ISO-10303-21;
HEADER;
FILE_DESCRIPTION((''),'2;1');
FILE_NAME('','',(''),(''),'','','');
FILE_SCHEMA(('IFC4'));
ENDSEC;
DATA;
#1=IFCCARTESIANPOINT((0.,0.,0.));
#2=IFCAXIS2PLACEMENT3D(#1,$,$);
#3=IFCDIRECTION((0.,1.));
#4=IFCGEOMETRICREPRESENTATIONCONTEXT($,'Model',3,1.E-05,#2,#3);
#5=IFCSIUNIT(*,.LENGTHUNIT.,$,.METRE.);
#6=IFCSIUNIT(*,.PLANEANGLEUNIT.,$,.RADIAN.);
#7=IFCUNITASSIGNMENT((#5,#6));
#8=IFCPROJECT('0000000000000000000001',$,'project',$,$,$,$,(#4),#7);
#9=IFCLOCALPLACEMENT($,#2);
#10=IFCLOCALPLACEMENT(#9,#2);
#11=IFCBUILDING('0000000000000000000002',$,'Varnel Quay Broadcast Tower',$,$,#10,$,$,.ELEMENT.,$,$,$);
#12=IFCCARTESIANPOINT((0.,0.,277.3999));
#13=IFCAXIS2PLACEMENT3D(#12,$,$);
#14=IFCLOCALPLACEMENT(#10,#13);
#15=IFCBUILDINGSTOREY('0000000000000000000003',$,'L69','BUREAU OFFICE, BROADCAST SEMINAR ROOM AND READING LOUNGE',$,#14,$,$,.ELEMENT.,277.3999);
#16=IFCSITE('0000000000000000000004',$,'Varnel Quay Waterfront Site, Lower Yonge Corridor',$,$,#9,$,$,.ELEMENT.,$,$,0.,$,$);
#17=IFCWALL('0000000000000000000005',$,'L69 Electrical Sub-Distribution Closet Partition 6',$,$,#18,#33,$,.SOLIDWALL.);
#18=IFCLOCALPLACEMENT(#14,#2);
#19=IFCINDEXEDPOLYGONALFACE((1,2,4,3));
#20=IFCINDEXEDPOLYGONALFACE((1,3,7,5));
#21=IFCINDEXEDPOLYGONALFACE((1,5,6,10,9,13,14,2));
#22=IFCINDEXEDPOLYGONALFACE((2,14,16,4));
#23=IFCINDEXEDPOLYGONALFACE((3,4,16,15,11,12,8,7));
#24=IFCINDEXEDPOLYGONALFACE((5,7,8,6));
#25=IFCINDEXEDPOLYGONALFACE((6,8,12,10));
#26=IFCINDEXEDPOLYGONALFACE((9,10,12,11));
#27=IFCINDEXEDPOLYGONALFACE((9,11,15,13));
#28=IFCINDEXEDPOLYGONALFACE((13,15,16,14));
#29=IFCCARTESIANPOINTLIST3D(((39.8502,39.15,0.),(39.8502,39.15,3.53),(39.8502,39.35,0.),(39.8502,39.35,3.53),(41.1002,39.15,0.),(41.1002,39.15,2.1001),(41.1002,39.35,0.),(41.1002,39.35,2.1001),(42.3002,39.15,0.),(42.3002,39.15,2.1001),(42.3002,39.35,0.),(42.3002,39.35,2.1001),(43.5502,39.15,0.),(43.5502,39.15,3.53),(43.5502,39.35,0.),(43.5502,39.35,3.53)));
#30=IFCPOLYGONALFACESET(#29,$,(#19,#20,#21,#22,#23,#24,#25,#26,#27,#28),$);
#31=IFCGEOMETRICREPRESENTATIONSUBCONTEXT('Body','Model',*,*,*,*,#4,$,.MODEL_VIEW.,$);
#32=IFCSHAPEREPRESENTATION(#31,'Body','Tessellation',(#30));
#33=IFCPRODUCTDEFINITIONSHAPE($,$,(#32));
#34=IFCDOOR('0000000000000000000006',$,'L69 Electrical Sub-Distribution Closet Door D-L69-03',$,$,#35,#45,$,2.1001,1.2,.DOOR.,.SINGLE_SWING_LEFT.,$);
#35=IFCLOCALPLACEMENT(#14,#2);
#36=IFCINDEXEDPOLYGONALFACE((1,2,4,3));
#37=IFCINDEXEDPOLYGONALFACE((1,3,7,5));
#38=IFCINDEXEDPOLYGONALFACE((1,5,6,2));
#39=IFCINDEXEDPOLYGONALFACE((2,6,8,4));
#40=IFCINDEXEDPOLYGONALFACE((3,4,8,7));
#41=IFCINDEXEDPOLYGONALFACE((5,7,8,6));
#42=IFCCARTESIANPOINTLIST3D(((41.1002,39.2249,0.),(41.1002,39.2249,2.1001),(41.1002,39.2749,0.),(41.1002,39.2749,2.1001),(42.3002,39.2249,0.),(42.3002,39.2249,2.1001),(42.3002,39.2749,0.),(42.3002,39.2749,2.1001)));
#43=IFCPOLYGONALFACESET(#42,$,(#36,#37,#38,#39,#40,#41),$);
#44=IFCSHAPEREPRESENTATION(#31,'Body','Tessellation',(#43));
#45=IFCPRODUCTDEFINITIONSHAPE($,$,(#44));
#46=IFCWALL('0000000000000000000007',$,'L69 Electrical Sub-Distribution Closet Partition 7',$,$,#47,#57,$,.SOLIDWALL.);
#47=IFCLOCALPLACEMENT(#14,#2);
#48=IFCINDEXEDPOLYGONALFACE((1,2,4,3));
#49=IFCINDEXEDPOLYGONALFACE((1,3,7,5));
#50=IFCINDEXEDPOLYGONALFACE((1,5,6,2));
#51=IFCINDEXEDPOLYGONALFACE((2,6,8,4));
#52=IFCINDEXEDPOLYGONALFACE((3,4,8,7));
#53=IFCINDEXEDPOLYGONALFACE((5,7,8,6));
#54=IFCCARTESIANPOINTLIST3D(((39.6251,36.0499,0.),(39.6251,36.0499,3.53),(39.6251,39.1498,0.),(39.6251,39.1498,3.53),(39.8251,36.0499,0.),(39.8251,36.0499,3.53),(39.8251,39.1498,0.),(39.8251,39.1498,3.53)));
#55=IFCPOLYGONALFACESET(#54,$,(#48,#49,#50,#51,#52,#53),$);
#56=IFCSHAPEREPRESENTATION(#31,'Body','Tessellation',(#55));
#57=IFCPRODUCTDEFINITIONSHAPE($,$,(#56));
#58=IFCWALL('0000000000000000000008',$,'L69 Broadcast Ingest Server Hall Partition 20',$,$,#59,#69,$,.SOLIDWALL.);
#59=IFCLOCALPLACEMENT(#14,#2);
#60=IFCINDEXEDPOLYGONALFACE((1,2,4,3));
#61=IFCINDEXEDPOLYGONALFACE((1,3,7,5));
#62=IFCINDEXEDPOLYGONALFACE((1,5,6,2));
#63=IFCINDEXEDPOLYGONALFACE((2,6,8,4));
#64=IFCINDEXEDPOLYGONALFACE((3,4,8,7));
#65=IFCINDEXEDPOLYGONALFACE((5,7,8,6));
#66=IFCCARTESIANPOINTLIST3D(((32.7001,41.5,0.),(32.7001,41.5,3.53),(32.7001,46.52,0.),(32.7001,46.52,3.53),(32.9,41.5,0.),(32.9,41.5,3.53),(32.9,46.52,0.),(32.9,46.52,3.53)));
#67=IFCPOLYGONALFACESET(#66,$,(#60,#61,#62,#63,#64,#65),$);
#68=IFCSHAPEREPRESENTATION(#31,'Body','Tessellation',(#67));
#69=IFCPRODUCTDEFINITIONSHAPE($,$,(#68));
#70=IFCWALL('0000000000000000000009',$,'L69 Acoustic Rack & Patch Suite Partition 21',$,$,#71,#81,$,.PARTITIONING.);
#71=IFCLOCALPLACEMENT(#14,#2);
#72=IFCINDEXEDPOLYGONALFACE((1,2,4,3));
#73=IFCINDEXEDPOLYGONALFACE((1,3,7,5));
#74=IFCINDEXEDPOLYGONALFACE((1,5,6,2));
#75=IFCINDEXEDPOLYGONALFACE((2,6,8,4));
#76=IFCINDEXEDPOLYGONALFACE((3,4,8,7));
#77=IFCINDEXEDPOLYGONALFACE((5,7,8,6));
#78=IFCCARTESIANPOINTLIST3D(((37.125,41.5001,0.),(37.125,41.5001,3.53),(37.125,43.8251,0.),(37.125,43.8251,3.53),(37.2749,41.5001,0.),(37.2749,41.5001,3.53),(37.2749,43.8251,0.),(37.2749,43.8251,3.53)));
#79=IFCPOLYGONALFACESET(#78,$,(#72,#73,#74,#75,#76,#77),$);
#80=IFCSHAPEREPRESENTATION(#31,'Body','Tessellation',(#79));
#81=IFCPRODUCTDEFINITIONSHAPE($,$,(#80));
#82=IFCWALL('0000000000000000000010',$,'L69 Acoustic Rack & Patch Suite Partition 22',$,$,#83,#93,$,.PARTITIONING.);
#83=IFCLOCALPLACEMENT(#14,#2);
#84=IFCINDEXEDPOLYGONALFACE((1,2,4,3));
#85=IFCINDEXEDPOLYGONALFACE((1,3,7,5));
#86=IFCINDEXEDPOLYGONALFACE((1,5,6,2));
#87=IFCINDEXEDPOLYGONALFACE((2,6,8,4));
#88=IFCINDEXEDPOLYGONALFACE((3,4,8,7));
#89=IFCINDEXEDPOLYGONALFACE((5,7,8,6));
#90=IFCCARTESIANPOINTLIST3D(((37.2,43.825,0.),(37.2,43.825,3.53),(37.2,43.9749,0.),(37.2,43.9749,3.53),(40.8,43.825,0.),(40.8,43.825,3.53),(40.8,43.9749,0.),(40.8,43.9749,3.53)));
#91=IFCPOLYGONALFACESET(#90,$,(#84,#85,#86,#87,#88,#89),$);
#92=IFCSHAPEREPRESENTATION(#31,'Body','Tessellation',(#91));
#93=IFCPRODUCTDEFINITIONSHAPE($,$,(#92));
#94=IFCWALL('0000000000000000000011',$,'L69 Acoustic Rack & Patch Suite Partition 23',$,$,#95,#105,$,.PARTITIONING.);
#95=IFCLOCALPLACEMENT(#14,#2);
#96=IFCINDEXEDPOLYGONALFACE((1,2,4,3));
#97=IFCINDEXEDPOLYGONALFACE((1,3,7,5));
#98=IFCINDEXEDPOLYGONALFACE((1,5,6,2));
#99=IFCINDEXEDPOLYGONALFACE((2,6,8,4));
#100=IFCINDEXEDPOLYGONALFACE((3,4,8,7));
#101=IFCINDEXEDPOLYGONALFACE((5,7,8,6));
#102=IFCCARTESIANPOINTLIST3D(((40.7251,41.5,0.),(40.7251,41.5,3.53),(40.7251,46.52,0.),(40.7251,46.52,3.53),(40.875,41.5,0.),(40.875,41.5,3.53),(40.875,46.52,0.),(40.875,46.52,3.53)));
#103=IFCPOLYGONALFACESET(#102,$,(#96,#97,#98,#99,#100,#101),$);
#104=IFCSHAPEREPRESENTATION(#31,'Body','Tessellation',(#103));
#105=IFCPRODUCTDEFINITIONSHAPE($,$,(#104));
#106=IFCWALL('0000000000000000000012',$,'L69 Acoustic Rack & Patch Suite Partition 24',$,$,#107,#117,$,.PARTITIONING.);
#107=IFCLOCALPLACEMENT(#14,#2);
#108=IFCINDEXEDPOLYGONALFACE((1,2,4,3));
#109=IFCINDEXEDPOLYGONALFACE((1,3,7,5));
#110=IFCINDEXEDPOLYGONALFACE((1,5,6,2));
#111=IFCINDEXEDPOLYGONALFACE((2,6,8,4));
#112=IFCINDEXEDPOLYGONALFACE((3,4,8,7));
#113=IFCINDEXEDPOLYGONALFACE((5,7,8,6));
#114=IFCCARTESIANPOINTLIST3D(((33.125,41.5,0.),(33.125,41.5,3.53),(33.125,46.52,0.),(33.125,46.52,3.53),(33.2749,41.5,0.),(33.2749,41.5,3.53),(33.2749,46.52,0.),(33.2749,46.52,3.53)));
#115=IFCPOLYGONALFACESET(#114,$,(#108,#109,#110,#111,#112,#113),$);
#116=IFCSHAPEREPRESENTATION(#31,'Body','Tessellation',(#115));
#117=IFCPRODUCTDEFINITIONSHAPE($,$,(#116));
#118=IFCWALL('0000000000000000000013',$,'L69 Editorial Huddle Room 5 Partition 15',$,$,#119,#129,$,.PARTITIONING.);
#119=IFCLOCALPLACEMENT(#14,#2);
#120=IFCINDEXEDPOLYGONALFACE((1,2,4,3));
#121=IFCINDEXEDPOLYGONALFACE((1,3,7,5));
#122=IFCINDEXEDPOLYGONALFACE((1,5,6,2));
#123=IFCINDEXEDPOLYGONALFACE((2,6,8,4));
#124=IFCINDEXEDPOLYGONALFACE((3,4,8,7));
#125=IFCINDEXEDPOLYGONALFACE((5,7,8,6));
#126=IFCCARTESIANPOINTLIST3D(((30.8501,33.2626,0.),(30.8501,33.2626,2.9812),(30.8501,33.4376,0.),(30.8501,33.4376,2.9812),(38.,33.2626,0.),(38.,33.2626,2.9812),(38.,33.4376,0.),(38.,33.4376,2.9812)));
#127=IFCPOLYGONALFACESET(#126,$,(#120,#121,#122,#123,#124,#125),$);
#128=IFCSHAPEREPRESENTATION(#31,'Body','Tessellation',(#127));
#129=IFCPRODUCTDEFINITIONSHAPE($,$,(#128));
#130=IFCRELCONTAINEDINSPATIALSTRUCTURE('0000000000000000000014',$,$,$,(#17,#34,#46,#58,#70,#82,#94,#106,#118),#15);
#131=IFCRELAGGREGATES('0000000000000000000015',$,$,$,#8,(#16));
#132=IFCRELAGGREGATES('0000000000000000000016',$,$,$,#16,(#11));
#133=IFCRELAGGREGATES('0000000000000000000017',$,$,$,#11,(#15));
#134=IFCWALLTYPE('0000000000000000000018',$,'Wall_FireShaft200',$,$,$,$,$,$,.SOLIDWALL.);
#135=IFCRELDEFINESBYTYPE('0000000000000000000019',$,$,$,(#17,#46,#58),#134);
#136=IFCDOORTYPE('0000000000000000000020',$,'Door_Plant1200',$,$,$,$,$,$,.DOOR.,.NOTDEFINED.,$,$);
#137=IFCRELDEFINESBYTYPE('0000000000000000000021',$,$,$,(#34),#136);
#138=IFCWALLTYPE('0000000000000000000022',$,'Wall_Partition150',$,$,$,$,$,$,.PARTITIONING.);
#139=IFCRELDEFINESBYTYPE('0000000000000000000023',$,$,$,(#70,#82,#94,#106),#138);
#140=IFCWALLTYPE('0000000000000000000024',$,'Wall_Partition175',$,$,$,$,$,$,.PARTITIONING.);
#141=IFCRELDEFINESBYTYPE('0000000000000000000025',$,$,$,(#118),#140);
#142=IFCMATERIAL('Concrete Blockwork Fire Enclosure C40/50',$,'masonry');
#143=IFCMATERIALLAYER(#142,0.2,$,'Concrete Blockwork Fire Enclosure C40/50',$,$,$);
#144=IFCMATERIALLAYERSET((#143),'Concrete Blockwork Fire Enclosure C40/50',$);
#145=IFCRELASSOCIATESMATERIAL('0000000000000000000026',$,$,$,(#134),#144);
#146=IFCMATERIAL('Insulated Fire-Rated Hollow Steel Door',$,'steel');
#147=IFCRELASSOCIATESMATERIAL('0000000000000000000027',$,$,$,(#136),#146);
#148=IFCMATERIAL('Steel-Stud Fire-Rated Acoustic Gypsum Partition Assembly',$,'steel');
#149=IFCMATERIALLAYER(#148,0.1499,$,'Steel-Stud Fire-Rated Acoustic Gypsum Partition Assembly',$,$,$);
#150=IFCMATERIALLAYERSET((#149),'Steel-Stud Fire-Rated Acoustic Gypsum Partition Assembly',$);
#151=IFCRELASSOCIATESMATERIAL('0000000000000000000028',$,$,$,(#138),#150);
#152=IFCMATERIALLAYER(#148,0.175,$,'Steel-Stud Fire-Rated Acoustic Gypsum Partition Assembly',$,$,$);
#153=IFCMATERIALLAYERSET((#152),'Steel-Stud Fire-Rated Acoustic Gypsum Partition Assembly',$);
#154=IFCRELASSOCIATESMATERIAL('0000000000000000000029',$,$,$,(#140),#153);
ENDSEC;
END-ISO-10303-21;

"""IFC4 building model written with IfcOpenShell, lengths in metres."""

from ifc_helpers import new_model, si_unit, direction, frame, frame_2d, origin, place, context, subcontext, project, spatial, rectangle, extrude, source, transform, mapped, material, layer, layer_set, type_object, type_shapes, element, fill, save


model = new_model("IFC4")

# Units and contexts
model_context = context("Model", 3, precision=1e-05, world=origin(), true_north=direction((0.0, 1.0)))
body_context = subcontext(model_context, "Body", "Model", "MODEL_VIEW")
ifc_project = project(units=[si_unit("LENGTHUNIT", "METRE"), si_unit("PLANEANGLEUNIT", "RADIAN")], contexts=[model_context])

# Site, building, storey
site_placement = place(None, origin())
site = spatial("IfcSite", under=ifc_project, at=site_placement, Name="Varnel Quay Waterfront Site, Lower Yonge Corridor", CompositionType="ELEMENT", RefElevation=0.0)
building_placement = place(site_placement, origin())
building = spatial("IfcBuilding", under=site, at=building_placement, Name="Varnel Quay Broadcast Tower", CompositionType="ELEMENT")
storey_placement = place(building_placement, frame((0.0, 0.0, 277.3999)))
storey = spatial("IfcBuildingStorey", under=building, at=storey_placement, Name="L69", Description="BUREAU OFFICE, BROADCAST SEMINAR ROOM AND READING LOUNGE", CompositionType="ELEMENT", Elevation=277.3999)

# Shared definitions
ifc_material_1 = material(Name="Insulated Fire-Rated Hollow Steel Door", Category="steel")

# Shared definitions
ifc_material_2 = material(Name="Concrete Blockwork Fire Enclosure C40/50", Category="masonry")
ifc_layer_1 = layer(ifc_material_2, 0.2, Name="Concrete Blockwork Fire Enclosure C40/50")
ifc_layer_set_1 = layer_set([ifc_layer_1], Name="Concrete Blockwork Fire Enclosure C40/50")
wall_type_1 = type_object("IfcWallType", Name="Wall_FireShaft200", PredefinedType="SOLIDWALL", material=ifc_layer_set_1)

# Wall, opening, door
wall_1_placement = place(storey_placement, frame((39.8501, 39.25, 0.0), z_axis=(0.0, 0.0, 1.0), x_axis=(1.0, 0.0, 0.0)))
wall_1 = element("IfcWall", 1, at=wall_1_placement, inside=storey, type_object=wall_type_1, Name="L69 Electrical Sub-Distribution Closet Partition 6", PredefinedType="SOLIDWALL", context=body_context, shape_type="SweptSolid", body=[
    extrude(rectangle(XDim=3.7, YDim=0.2, at=frame_2d((1.8501, 0.0))), origin(), (0.0, 0.0, 1.0), 3.53),
])
opening_1_placement = place(wall_1_placement, frame((1.25, 0.0, 0.0)))
opening_1 = element("IfcOpeningElement", 2, at=opening_1_placement, cuts=wall_1, PredefinedType="OPENING", context=body_context, shape_type="SweptSolid", body=[
    extrude(rectangle(XDim=1.2, YDim=2.1001, at=frame_2d((0.6001, 1.05))), frame((0.0, 0.1099, 0.0), z_axis=(0.0, -1.0, 0.0), x_axis=(1.0, 0.0, 0.0)), (0.0, 0.0, 1.0), 0.22),
])
door_type_1 = type_object("IfcDoorType", Name="Door_Plant1200", OperationType="NOTDEFINED", PredefinedType="DOOR", material=ifc_material_1)
shared_shape_1 = source(origin(), body_context, "Body", "SweptSolid", [
    extrude(rectangle(XDim=1.2, YDim=2.1001, at=frame_2d((0.6001, 1.05))), frame((0.0, 0.0249, 0.0), z_axis=(0.0, -1.0, 0.0), x_axis=(1.0, 0.0, 0.0)), (0.0, 0.0, 1.0), 0.05),
])
type_shapes(door_type_1, [shared_shape_1])
door_1_placement = place(opening_1_placement, origin())
door_1 = element("IfcDoor", 3, at=door_1_placement, inside=storey, type_object=door_type_1, Name="L69 Electrical Sub-Distribution Closet Door D-L69-03", OperationType="SINGLE_SWING_LEFT", OverallHeight=2.1001, OverallWidth=1.2, PredefinedType="DOOR", context=body_context, shape_type="MappedRepresentation", body=[
    mapped(shared_shape_1, transform((0.0, 0.0, 0.0), x_axis=(1.0, 0.0, 0.0), y_axis=(0.0, 1.0, 0.0), z_axis=(0.0, 0.0, 1.0), scale=1.0)),
])
fill(opening_1, door_1)

# Walls
wall_2_placement = place(storey_placement, frame((39.7251, 36.05, 0.0), z_axis=(0.0, 0.0, 1.0), x_axis=(0.0, 1.0, 0.0)))
element("IfcWall", 4, at=wall_2_placement, inside=storey, type_object=wall_type_1, Name="L69 Electrical Sub-Distribution Closet Partition 7", PredefinedType="SOLIDWALL", context=body_context, shape_type="SweptSolid", body=[
    extrude(rectangle(XDim=3.0999, YDim=0.2, at=frame_2d((1.5498, 0.0))), origin(), (0.0, 0.0, 1.0), 3.53),
])
wall_3_placement = place(storey_placement, frame((32.8, 41.5, 0.0), z_axis=(0.0, 0.0, 1.0), x_axis=(0.0, 1.0, 0.0)))
element("IfcWall", 5, at=wall_3_placement, inside=storey, type_object=wall_type_1, Name="L69 Broadcast Ingest Server Hall Partition 20", PredefinedType="SOLIDWALL", context=body_context, shape_type="SweptSolid", body=[
    extrude(rectangle(XDim=5.02, YDim=0.2, at=frame_2d((2.51, 0.0))), origin(), (0.0, 0.0, 1.0), 3.53),
])
ifc_material_3 = material(Name="Steel-Stud Fire-Rated Acoustic Gypsum Partition Assembly", Category="steel")
ifc_layer_2 = layer(ifc_material_3, 0.1499, Name="Steel-Stud Fire-Rated Acoustic Gypsum Partition Assembly")
ifc_layer_set_2 = layer_set([ifc_layer_2], Name="Steel-Stud Fire-Rated Acoustic Gypsum Partition Assembly")
wall_type_2 = type_object("IfcWallType", Name="Wall_Partition150", PredefinedType="PARTITIONING", material=ifc_layer_set_2)
wall_4_placement = place(storey_placement, frame((37.2, 41.5, 0.0), z_axis=(0.0, 0.0, 1.0), x_axis=(0.0, 1.0, 0.0)))
element("IfcWall", 6, at=wall_4_placement, inside=storey, type_object=wall_type_2, Name="L69 Acoustic Rack & Patch Suite Partition 21", PredefinedType="PARTITIONING", context=body_context, shape_type="SweptSolid", body=[
    extrude(rectangle(XDim=2.325, YDim=0.1499, at=frame_2d((1.1626, 0.0))), origin(), (0.0, 0.0, 1.0), 3.53),
])
wall_5_placement = place(storey_placement, frame((37.2, 43.8999, 0.0), z_axis=(0.0, 0.0, 1.0), x_axis=(1.0, 0.0, 0.0)))
element("IfcWall", 7, at=wall_5_placement, inside=storey, type_object=wall_type_2, Name="L69 Acoustic Rack & Patch Suite Partition 22", PredefinedType="PARTITIONING", context=body_context, shape_type="SweptSolid", body=[
    extrude(rectangle(XDim=3.6001, YDim=0.1499, at=frame_2d((1.8, 0.0))), origin(), (0.0, 0.0, 1.0), 3.53),
])
for number, where, z_axis, x_axis, name in (
    (8, (40.8, 41.5, 0.0), (0.0, 0.0, 1.0), (0.0, 1.0, 0.0), "L69 Acoustic Rack & Patch Suite Partition 23"),
    (9, (33.2, 41.5, 0.0), (0.0, 0.0, 1.0), (0.0, 1.0, 0.0), "L69 Acoustic Rack & Patch Suite Partition 24"),
):
    element("IfcWall", number, at=place(storey_placement, frame(where, z_axis=z_axis, x_axis=x_axis)), inside=storey, type_object=wall_type_2, Name=name, PredefinedType="PARTITIONING", context=body_context, shape_type="SweptSolid", body=[
        extrude(rectangle(XDim=5.02, YDim=0.1499, at=frame_2d((2.51, 0.0))), origin(), (0.0, 0.0, 1.0), 3.53),
    ])
ifc_layer_3 = layer(ifc_material_3, 0.175, Name="Steel-Stud Fire-Rated Acoustic Gypsum Partition Assembly")
ifc_layer_set_3 = layer_set([ifc_layer_3], Name="Steel-Stud Fire-Rated Acoustic Gypsum Partition Assembly")
wall_type_3 = type_object("IfcWallType", Name="Wall_Partition175", PredefinedType="PARTITIONING", material=ifc_layer_set_3)
wall_6_placement = place(storey_placement, frame((30.8501, 33.3501, 0.0), z_axis=(0.0, 0.0, 1.0), x_axis=(1.0, 0.0, 0.0)))
element("IfcWall", 10, at=wall_6_placement, inside=storey, type_object=wall_type_3, Name="L69 Editorial Huddle Room 5 Partition 15", PredefinedType="PARTITIONING", context=body_context, shape_type="SweptSolid", body=[
    extrude(rectangle(XDim=7.1499, YDim=0.175, at=frame_2d((3.575, 0.0))), origin(), (0.0, 0.0, 1.0), 2.9812),
])

save(model, "model.ifc")
